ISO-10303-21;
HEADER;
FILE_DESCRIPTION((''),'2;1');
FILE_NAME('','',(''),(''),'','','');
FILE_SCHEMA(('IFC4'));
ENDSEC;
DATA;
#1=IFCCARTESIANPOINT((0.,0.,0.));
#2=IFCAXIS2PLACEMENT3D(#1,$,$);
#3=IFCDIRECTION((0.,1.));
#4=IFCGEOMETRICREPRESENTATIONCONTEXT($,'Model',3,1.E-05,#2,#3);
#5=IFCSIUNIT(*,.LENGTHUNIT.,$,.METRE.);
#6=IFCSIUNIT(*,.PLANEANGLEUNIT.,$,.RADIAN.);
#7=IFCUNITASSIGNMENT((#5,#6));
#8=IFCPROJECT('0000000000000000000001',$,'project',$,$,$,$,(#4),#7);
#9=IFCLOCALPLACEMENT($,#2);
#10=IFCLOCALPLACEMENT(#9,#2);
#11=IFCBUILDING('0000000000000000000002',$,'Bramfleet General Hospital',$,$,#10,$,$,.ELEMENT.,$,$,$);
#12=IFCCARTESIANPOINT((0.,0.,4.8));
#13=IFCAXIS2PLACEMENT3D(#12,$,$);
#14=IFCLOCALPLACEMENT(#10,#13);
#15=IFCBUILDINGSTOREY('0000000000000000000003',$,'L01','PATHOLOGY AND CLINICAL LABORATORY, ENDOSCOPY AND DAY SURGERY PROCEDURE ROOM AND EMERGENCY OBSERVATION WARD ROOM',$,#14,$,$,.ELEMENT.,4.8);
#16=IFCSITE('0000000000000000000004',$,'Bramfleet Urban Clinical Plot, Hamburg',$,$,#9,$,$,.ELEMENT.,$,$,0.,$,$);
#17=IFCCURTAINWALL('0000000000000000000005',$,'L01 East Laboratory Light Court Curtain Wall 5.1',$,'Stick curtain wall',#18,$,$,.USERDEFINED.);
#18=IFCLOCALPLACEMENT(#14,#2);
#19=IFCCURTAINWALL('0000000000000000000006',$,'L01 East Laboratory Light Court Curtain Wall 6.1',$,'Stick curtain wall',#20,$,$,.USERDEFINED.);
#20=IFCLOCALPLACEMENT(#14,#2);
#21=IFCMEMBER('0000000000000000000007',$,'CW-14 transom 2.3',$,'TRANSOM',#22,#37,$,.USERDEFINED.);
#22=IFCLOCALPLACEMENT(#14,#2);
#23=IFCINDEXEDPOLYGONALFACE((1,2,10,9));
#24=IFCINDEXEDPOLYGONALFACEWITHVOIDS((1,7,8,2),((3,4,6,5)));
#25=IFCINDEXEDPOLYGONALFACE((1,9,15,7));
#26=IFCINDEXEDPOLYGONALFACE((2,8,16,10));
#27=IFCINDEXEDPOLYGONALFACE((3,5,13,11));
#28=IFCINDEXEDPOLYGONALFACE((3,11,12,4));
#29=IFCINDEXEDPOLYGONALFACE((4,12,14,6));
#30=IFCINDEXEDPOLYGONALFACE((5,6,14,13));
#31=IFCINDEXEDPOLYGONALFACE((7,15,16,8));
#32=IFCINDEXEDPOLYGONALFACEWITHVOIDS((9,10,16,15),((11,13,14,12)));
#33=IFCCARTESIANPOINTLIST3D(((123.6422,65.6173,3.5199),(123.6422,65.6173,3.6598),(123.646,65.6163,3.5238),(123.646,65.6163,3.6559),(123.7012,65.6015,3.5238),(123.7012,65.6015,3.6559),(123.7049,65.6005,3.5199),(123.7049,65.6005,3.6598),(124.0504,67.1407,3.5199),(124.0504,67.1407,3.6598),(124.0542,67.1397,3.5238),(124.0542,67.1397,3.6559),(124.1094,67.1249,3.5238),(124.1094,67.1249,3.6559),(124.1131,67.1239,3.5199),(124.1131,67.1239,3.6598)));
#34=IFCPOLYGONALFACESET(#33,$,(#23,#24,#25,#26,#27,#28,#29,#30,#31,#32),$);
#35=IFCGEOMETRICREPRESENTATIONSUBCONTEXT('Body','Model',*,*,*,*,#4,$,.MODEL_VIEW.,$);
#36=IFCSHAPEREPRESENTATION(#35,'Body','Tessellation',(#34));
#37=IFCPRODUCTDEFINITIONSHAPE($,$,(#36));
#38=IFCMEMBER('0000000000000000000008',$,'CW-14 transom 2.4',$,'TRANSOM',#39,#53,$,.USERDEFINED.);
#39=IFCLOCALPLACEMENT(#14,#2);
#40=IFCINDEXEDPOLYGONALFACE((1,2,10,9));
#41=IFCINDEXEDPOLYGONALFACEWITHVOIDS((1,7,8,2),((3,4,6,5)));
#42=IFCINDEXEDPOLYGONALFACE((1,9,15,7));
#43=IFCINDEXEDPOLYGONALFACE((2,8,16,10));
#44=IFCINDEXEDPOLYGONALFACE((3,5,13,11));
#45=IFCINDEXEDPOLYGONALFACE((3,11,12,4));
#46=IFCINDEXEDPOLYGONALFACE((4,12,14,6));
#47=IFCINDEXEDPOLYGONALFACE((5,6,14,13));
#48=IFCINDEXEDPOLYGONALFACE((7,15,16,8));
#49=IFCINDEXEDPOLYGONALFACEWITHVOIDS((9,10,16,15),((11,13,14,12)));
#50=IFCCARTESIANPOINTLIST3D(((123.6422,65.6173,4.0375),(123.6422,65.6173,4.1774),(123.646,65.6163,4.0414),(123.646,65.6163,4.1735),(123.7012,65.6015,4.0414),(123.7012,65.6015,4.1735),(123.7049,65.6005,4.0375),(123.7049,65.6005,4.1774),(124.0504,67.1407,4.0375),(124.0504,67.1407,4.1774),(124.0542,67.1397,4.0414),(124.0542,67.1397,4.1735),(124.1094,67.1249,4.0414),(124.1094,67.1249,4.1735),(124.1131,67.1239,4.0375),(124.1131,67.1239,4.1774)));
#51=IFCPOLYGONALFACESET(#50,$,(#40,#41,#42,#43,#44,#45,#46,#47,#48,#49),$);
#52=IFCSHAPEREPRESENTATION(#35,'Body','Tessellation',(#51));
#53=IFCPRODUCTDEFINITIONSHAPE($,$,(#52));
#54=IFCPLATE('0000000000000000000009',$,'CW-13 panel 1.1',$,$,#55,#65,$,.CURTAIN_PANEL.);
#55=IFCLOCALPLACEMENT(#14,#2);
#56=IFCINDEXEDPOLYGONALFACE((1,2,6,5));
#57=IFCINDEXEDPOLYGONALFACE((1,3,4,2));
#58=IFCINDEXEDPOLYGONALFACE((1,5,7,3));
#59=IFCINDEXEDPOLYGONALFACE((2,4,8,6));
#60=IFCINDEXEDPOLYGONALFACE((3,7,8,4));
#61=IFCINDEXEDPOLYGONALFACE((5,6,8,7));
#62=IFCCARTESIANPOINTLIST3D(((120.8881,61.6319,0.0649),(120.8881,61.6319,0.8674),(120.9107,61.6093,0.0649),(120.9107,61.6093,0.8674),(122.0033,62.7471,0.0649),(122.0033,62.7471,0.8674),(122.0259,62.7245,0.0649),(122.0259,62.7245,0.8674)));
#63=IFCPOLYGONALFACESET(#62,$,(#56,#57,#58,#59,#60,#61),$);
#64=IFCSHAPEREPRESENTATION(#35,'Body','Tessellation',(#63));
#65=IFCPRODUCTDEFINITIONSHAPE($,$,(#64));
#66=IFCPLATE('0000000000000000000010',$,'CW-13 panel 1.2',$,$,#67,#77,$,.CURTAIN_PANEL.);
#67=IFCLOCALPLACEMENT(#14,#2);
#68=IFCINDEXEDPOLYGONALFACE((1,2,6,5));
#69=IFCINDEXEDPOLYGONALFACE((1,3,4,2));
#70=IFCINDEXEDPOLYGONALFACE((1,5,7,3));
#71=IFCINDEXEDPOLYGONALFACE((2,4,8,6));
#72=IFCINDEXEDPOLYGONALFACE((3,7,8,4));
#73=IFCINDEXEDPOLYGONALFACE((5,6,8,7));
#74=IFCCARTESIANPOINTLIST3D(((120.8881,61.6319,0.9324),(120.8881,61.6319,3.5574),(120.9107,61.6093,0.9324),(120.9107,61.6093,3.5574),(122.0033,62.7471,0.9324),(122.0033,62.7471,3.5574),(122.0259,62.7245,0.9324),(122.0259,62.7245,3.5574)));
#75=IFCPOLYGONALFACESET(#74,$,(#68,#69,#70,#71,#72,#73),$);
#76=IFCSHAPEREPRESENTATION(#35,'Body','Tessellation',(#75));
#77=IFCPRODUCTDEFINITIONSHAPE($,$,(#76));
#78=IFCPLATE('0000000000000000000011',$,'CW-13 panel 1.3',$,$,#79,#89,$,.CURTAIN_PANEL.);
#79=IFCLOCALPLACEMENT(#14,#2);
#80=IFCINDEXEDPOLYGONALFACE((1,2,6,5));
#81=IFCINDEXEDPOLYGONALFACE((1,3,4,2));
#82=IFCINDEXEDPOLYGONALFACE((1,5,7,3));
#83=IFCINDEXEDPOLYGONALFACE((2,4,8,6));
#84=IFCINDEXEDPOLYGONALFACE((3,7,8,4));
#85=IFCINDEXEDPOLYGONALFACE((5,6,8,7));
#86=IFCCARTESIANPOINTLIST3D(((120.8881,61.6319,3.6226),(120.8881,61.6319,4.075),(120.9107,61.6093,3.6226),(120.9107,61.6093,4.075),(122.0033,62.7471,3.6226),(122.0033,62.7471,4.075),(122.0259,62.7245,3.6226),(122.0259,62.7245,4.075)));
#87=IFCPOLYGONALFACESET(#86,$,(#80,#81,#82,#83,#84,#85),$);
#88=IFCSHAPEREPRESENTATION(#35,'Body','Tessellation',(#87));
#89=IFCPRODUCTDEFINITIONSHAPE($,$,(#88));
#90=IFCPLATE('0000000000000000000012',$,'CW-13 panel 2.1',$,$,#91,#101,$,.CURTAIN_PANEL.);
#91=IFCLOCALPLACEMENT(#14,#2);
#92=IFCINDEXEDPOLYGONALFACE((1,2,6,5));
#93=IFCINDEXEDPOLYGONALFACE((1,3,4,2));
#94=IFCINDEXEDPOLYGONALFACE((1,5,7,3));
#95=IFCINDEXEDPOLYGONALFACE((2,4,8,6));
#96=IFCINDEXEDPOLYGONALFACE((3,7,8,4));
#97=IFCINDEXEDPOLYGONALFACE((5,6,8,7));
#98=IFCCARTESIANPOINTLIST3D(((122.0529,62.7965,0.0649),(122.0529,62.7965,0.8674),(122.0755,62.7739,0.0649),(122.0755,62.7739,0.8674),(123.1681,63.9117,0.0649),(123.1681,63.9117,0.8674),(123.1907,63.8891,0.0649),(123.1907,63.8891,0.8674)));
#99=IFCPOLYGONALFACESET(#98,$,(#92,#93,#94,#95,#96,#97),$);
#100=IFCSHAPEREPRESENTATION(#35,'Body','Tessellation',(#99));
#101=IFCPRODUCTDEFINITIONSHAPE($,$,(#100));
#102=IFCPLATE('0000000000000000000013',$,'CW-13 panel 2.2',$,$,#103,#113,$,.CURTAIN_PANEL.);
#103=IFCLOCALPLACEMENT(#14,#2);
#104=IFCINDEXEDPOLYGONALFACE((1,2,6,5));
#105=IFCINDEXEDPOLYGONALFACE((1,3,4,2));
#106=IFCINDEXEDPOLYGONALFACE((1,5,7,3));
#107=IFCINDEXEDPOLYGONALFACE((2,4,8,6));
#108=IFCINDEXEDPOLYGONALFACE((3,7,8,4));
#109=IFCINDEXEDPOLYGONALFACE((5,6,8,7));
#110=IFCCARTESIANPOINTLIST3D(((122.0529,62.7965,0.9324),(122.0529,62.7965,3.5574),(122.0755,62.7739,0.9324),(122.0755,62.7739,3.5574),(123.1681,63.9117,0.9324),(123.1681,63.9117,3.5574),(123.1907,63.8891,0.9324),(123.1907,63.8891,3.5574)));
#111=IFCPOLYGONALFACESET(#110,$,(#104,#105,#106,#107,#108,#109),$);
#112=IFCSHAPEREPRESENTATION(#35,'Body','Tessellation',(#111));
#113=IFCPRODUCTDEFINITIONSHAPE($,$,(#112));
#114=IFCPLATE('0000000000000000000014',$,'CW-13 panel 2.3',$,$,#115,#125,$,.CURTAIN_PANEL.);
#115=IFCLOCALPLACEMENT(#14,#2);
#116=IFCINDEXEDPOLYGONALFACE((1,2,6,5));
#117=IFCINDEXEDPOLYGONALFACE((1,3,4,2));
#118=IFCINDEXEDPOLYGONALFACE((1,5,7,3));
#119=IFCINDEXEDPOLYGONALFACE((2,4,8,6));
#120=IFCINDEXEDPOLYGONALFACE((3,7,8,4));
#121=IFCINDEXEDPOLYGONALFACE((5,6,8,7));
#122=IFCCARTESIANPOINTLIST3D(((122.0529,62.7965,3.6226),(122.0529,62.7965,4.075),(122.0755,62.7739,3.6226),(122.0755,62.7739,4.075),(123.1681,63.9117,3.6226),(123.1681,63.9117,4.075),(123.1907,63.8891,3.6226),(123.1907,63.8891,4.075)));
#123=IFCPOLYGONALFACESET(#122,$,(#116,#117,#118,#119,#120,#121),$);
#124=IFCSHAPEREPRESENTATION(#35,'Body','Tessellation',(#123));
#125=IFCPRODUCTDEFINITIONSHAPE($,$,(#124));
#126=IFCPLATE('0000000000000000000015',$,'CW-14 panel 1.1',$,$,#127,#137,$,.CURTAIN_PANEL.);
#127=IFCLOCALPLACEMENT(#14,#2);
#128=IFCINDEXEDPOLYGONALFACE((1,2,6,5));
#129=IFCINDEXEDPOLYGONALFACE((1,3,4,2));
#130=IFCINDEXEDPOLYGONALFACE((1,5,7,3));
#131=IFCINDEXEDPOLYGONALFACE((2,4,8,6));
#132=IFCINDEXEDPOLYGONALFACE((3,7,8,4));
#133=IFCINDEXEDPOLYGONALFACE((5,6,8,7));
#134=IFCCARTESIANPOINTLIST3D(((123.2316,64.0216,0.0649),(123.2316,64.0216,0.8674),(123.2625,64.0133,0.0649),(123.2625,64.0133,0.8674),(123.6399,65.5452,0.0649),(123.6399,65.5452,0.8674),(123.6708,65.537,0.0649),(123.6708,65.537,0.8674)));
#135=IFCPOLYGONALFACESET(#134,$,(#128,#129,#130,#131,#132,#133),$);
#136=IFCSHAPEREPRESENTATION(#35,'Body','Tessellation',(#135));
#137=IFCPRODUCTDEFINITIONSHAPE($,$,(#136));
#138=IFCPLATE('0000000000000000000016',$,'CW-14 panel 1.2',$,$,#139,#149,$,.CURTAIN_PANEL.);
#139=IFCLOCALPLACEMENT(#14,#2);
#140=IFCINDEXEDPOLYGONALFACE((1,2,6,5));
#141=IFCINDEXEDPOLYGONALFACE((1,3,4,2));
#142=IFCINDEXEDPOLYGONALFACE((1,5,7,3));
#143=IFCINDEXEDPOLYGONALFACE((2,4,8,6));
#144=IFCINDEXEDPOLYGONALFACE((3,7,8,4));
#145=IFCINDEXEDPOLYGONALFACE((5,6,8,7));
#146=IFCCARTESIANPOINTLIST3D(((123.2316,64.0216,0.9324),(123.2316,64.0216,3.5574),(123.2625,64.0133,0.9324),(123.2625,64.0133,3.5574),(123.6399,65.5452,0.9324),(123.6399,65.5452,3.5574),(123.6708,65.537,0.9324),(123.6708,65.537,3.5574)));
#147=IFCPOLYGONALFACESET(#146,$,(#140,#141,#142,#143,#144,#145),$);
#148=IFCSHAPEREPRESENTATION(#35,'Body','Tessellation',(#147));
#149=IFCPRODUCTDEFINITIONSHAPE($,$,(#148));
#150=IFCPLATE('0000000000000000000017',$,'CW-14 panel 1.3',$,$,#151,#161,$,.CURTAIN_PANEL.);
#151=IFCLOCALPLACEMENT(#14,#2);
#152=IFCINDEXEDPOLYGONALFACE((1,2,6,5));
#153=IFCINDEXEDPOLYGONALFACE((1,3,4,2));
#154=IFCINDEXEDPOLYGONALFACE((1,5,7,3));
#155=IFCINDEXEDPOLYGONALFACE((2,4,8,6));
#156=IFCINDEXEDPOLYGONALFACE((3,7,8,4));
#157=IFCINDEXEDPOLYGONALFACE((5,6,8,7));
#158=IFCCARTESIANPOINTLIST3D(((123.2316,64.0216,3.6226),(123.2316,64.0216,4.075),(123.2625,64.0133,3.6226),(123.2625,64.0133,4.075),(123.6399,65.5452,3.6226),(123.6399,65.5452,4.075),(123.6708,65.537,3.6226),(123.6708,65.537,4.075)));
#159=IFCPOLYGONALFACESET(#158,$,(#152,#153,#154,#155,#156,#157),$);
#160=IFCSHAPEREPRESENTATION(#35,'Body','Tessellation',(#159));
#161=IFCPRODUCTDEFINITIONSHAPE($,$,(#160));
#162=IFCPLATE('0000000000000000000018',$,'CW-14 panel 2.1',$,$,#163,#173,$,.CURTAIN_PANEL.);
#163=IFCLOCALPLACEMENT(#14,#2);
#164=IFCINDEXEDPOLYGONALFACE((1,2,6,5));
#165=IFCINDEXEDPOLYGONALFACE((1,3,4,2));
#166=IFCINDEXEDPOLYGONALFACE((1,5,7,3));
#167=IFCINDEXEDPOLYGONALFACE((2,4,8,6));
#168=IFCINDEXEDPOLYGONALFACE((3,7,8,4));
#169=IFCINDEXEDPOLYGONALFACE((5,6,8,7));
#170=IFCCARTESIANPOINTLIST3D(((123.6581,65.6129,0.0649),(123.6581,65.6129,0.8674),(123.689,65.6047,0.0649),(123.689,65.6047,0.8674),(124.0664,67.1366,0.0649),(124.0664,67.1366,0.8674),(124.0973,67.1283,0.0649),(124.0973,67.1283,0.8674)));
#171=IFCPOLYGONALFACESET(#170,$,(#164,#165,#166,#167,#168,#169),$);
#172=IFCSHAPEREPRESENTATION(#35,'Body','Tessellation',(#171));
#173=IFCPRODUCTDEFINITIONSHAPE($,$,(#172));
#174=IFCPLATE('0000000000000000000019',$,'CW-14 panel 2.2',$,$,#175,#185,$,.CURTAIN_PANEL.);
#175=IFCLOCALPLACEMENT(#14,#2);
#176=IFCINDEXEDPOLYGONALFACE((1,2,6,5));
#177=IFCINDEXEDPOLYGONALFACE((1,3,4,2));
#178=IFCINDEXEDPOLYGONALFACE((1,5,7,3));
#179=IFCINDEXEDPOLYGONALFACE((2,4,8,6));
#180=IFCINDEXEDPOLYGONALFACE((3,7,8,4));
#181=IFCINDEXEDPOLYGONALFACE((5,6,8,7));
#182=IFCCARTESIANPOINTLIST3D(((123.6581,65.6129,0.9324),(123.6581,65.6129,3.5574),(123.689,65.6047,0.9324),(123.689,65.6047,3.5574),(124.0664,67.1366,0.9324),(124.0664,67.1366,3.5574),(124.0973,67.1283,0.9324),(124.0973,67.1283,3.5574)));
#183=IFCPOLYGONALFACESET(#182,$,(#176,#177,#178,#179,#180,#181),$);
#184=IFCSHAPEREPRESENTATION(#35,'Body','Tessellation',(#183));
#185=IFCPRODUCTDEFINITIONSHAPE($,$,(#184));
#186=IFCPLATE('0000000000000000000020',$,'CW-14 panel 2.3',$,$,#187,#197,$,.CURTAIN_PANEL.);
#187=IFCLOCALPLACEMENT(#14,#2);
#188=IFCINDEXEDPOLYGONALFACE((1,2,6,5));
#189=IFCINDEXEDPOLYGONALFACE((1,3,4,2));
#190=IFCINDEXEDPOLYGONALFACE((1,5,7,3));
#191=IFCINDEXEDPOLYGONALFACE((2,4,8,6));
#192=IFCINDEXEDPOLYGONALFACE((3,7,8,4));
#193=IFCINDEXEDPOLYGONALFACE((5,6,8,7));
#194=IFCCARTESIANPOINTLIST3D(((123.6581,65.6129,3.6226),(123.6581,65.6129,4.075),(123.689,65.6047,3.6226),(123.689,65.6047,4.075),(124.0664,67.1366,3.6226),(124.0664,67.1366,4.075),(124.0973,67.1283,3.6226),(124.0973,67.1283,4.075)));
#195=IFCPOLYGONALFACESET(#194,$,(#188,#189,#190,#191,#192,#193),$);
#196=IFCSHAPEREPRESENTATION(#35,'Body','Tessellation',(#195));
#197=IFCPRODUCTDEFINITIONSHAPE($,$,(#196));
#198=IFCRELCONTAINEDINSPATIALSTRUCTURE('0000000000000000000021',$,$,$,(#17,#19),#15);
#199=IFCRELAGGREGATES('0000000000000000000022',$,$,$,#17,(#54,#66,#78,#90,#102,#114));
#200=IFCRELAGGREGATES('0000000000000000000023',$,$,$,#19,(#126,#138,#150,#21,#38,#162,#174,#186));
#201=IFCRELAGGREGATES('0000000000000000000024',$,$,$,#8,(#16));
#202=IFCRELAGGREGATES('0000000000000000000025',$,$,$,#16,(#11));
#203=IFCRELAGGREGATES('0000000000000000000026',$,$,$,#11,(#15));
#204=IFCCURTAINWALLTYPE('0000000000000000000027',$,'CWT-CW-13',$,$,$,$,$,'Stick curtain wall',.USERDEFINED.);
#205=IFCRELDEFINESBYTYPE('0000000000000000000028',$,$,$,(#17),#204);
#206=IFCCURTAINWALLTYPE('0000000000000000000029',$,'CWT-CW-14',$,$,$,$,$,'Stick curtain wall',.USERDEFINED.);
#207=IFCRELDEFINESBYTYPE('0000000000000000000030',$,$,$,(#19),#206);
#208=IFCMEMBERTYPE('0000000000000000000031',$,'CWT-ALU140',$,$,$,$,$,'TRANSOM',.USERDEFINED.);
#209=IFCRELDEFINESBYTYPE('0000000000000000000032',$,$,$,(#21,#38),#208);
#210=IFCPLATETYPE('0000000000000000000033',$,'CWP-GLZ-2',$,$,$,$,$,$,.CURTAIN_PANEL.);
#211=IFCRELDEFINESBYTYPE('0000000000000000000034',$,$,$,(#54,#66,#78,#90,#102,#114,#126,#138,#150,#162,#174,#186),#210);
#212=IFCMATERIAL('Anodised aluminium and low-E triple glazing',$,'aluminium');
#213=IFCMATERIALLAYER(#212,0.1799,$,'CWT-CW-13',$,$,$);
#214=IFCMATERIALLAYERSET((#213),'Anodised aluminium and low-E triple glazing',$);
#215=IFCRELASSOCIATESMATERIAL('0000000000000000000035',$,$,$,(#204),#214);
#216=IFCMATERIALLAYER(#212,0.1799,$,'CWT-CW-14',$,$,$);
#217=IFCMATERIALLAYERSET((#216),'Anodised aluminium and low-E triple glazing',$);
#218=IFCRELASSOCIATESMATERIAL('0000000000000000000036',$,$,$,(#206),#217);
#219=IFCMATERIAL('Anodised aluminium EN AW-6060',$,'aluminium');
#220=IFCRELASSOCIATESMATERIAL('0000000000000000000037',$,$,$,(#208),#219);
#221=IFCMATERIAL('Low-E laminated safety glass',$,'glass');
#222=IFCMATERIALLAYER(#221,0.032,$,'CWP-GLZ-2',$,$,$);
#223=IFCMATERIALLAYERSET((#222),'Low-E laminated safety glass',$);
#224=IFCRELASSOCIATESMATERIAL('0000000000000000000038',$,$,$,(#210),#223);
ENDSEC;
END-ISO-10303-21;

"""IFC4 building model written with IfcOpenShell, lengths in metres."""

from ifc_helpers import new_model, si_unit, direction, frame, origin, origin_2d, place, context, subcontext, project, spatial, rectangle, hollow_rectangle, extrude, material, layer, layer_set, material_profile, profile_set, type_object, element, aggregate, save


model = new_model("IFC4")

# Units and contexts
model_context = context("Model", 3, precision=1e-05, world=origin(), true_north=direction((0.0, 1.0)))
body_context = subcontext(model_context, "Body", "Model", "MODEL_VIEW")
ifc_project = project(units=[si_unit("LENGTHUNIT", "METRE"), si_unit("PLANEANGLEUNIT", "RADIAN")], contexts=[model_context])

# Site, building, storey
site_placement = place(None, origin())
site = spatial("IfcSite", under=ifc_project, at=site_placement, Name="Bramfleet Urban Clinical Plot, Hamburg", CompositionType="ELEMENT", RefElevation=0.0)
building_placement = place(site_placement, origin())
building = spatial("IfcBuilding", under=site, at=building_placement, Name="Bramfleet General Hospital", CompositionType="ELEMENT")
storey_placement = place(building_placement, frame((0.0, 0.0, 4.8)))
storey = spatial("IfcBuildingStorey", under=building, at=storey_placement, Name="L01", Description="PATHOLOGY AND CLINICAL LABORATORY, ENDOSCOPY AND DAY SURGERY PROCEDURE ROOM AND EMERGENCY OBSERVATION WARD ROOM", CompositionType="ELEMENT", Elevation=4.8)

# Curtain walls
ifc_material_1 = material(Name="Anodised aluminium and low-E triple glazing", Category="aluminium")
ifc_layer_1 = layer(ifc_material_1, 0.1799, Name="CWT-CW-13")
ifc_layer_set_1 = layer_set([ifc_layer_1], Name="Anodised aluminium and low-E triple glazing")
curtain_wall_type_1 = type_object("IfcCurtainWallType", Name="CWT-CW-13", ElementType="Stick curtain wall", PredefinedType="USERDEFINED", material=ifc_layer_set_1)
curtain_wall_1_placement = place(storey_placement, origin())
curtain_wall_1 = element("IfcCurtainWall", 1, at=curtain_wall_1_placement, inside=storey, type_object=curtain_wall_type_1, Name="L01 East Laboratory Light Court Curtain Wall 5.1", ObjectType="Stick curtain wall", PredefinedType="USERDEFINED")
ifc_material_2 = material(Name="Anodised aluminium EN AW-6060", Category="aluminium")
ifc_layer_2 = layer(ifc_material_1, 0.1799, Name="CWT-CW-14")
ifc_layer_set_2 = layer_set([ifc_layer_2], Name="Anodised aluminium and low-E triple glazing")
curtain_wall_type_2 = type_object("IfcCurtainWallType", Name="CWT-CW-14", ElementType="Stick curtain wall", PredefinedType="USERDEFINED", material=ifc_layer_set_2)
curtain_wall_2_placement = place(storey_placement, origin())
curtain_wall_2 = element("IfcCurtainWall", 2, at=curtain_wall_2_placement, inside=storey, type_object=curtain_wall_type_2, Name="L01 East Laboratory Light Court Curtain Wall 6.1", ObjectType="Stick curtain wall", PredefinedType="USERDEFINED")

# Members
ifc_material_profile_1 = material_profile(ifc_material_2, hollow_rectangle(XDim=0.0649, YDim=0.1399, WallThickness=0.0039, at=origin_2d()), Name="ALU 140x65x4.0")
ifc_profile_set_1 = profile_set([ifc_material_profile_1], Name="Anodised aluminium EN AW-6060")
member_type_1 = type_object("IfcMemberType", Name="CWT-ALU140", ElementType="TRANSOM", PredefinedType="USERDEFINED", material=ifc_profile_set_1)
member_1_placement = place(storey_placement, frame((123.6736, 65.6089, 3.5898), z_axis=(0.258819, 0.965926, 0.0), x_axis=(-0.965926, 0.258819, 0.0)))
member_1 = element("IfcMember", 3, at=member_1_placement, type_object=member_type_1, Name="CW-14 transom 2.3", ObjectType="TRANSOM", PredefinedType="USERDEFINED", context=body_context, shape_type="SweptSolid", body=[
    extrude(hollow_rectangle(XDim=0.0649, YDim=0.1399, WallThickness=0.0039, at=origin_2d()), origin(), (0.0, 0.0, 1.0), 1.5771),
])
member_2_placement = place(storey_placement, frame((123.6736, 65.6089, 4.1074), z_axis=(0.258819, 0.965926, 0.0), x_axis=(-0.965926, 0.258819, 0.0)))
member_2 = element("IfcMember", 4, at=member_2_placement, type_object=member_type_1, Name="CW-14 transom 2.4", ObjectType="TRANSOM", PredefinedType="USERDEFINED", context=body_context, shape_type="SweptSolid", body=[
    extrude(hollow_rectangle(XDim=0.0649, YDim=0.1399, WallThickness=0.0039, at=origin_2d()), origin(), (0.0, 0.0, 1.0), 1.5771),
])

# Plates
ifc_material_3 = material(Name="Low-E laminated safety glass", Category="glass")
ifc_layer_3 = layer(ifc_material_3, 0.032, Name="CWP-GLZ-2")
ifc_layer_set_3 = layer_set([ifc_layer_3], Name="Low-E laminated safety glass")
plate_type = type_object("IfcPlateType", Name="CWP-GLZ-2", PredefinedType="CURTAIN_PANEL", material=ifc_layer_set_3)
plate_1_placement = place(storey_placement, frame((121.457, 62.1782, 0.0649), z_axis=(0.0, 0.0, 1.0), x_axis=(0.707107, 0.707107, 0.0)))
plate_1 = element("IfcPlate", 5, at=plate_1_placement, type_object=plate_type, Name="CW-13 panel 1.1", PredefinedType="CURTAIN_PANEL", context=body_context, shape_type="SweptSolid", body=[
    extrude(rectangle(XDim=1.5771, YDim=0.032, at=origin_2d()), origin(), (0.0, 0.0, 1.0), 0.8025),
])
plate_2_placement = place(storey_placement, frame((121.457, 62.1782, 0.9324), z_axis=(0.0, 0.0, 1.0), x_axis=(0.707107, 0.707107, 0.0)))
plate_2 = element("IfcPlate", 6, at=plate_2_placement, type_object=plate_type, Name="CW-13 panel 1.2", PredefinedType="CURTAIN_PANEL", context=body_context, shape_type="SweptSolid", body=[
    extrude(rectangle(XDim=1.5771, YDim=0.032, at=origin_2d()), origin(), (0.0, 0.0, 1.0), 2.625),
])
plate_3_placement = place(storey_placement, frame((121.457, 62.1782, 3.6226), z_axis=(0.0, 0.0, 1.0), x_axis=(0.707107, 0.707107, 0.0)))
plate_3 = element("IfcPlate", 7, at=plate_3_placement, type_object=plate_type, Name="CW-13 panel 1.3", PredefinedType="CURTAIN_PANEL", context=body_context, shape_type="SweptSolid", body=[
    extrude(rectangle(XDim=1.5771, YDim=0.032, at=origin_2d()), origin(), (0.0, 0.0, 1.0), 0.4524),
])
plate_4_placement = place(storey_placement, frame((122.6218, 63.3428, 0.0649), z_axis=(0.0, 0.0, 1.0), x_axis=(0.707107, 0.707107, 0.0)))
plate_4 = element("IfcPlate", 8, at=plate_4_placement, type_object=plate_type, Name="CW-13 panel 2.1", PredefinedType="CURTAIN_PANEL", context=body_context, shape_type="SweptSolid", body=[
    extrude(rectangle(XDim=1.5771, YDim=0.032, at=origin_2d()), origin(), (0.0, 0.0, 1.0), 0.8025),
])
plate_5_placement = place(storey_placement, frame((122.6218, 63.3428, 0.9324), z_axis=(0.0, 0.0, 1.0), x_axis=(0.707107, 0.707107, 0.0)))
plate_5 = element("IfcPlate", 9, at=plate_5_placement, type_object=plate_type, Name="CW-13 panel 2.2", PredefinedType="CURTAIN_PANEL", context=body_context, shape_type="SweptSolid", body=[
    extrude(rectangle(XDim=1.5771, YDim=0.032, at=origin_2d()), origin(), (0.0, 0.0, 1.0), 2.625),
])
plate_6_placement = place(storey_placement, frame((122.6218, 63.3428, 3.6226), z_axis=(0.0, 0.0, 1.0), x_axis=(0.707107, 0.707107, 0.0)))
plate_6 = element("IfcPlate", 10, at=plate_6_placement, type_object=plate_type, Name="CW-13 panel 2.3", PredefinedType="CURTAIN_PANEL", context=body_context, shape_type="SweptSolid", body=[
    extrude(rectangle(XDim=1.5771, YDim=0.032, at=origin_2d()), origin(), (0.0, 0.0, 1.0), 0.4524),
])
aggregate(curtain_wall_1, [plate_1, plate_2, plate_3, plate_4, plate_5, plate_6])
plate_7_placement = place(storey_placement, frame((123.4512, 64.7793, 0.0649), z_axis=(0.0, 0.0, 1.0), x_axis=(0.258865, 0.965914, 0.0)))
plate_7 = element("IfcPlate", 11, at=plate_7_placement, type_object=plate_type, Name="CW-14 panel 1.1", PredefinedType="CURTAIN_PANEL", context=body_context, shape_type="SweptSolid", body=[
    extrude(rectangle(XDim=1.5774, YDim=0.032, at=origin_2d()), origin(), (0.0, 0.0, 1.0), 0.8025),
])
plate_8_placement = place(storey_placement, frame((123.4512, 64.7793, 0.9324), z_axis=(0.0, 0.0, 1.0), x_axis=(0.258865, 0.965914, 0.0)))
plate_8 = element("IfcPlate", 12, at=plate_8_placement, type_object=plate_type, Name="CW-14 panel 1.2", PredefinedType="CURTAIN_PANEL", context=body_context, shape_type="SweptSolid", body=[
    extrude(rectangle(XDim=1.5774, YDim=0.032, at=origin_2d()), origin(), (0.0, 0.0, 1.0), 2.625),
])
plate_9_placement = place(storey_placement, frame((123.4512, 64.7793, 3.6226), z_axis=(0.0, 0.0, 1.0), x_axis=(0.258865, 0.965914, 0.0)))
plate_9 = element("IfcPlate", 13, at=plate_9_placement, type_object=plate_type, Name="CW-14 panel 1.3", PredefinedType="CURTAIN_PANEL", context=body_context, shape_type="SweptSolid", body=[
    extrude(rectangle(XDim=1.5774, YDim=0.032, at=origin_2d()), origin(), (0.0, 0.0, 1.0), 0.4524),
])
plate_10_placement = place(storey_placement, frame((123.8777, 66.3706, 0.0649), z_axis=(0.0, 0.0, 1.0), x_axis=(0.258865, 0.965914, 0.0)))
plate_10 = element("IfcPlate", 14, at=plate_10_placement, type_object=plate_type, Name="CW-14 panel 2.1", PredefinedType="CURTAIN_PANEL", context=body_context, shape_type="SweptSolid", body=[
    extrude(rectangle(XDim=1.5774, YDim=0.032, at=origin_2d()), origin(), (0.0, 0.0, 1.0), 0.8025),
])
plate_11_placement = place(storey_placement, frame((123.8777, 66.3706, 0.9324), z_axis=(0.0, 0.0, 1.0), x_axis=(0.258865, 0.965914, 0.0)))
plate_11 = element("IfcPlate", 15, at=plate_11_placement, type_object=plate_type, Name="CW-14 panel 2.2", PredefinedType="CURTAIN_PANEL", context=body_context, shape_type="SweptSolid", body=[
    extrude(rectangle(XDim=1.5774, YDim=0.032, at=origin_2d()), origin(), (0.0, 0.0, 1.0), 2.625),
])
plate_12_placement = place(storey_placement, frame((123.8777, 66.3706, 3.6226), z_axis=(0.0, 0.0, 1.0), x_axis=(0.258865, 0.965914, 0.0)))
plate_12 = element("IfcPlate", 16, at=plate_12_placement, type_object=plate_type, Name="CW-14 panel 2.3", PredefinedType="CURTAIN_PANEL", context=body_context, shape_type="SweptSolid", body=[
    extrude(rectangle(XDim=1.5774, YDim=0.032, at=origin_2d()), origin(), (0.0, 0.0, 1.0), 0.4524),
])
aggregate(curtain_wall_2, [plate_7, plate_8, plate_9, member_1, member_2, plate_10, plate_11, plate_12])

save(model, "model.ifc")
